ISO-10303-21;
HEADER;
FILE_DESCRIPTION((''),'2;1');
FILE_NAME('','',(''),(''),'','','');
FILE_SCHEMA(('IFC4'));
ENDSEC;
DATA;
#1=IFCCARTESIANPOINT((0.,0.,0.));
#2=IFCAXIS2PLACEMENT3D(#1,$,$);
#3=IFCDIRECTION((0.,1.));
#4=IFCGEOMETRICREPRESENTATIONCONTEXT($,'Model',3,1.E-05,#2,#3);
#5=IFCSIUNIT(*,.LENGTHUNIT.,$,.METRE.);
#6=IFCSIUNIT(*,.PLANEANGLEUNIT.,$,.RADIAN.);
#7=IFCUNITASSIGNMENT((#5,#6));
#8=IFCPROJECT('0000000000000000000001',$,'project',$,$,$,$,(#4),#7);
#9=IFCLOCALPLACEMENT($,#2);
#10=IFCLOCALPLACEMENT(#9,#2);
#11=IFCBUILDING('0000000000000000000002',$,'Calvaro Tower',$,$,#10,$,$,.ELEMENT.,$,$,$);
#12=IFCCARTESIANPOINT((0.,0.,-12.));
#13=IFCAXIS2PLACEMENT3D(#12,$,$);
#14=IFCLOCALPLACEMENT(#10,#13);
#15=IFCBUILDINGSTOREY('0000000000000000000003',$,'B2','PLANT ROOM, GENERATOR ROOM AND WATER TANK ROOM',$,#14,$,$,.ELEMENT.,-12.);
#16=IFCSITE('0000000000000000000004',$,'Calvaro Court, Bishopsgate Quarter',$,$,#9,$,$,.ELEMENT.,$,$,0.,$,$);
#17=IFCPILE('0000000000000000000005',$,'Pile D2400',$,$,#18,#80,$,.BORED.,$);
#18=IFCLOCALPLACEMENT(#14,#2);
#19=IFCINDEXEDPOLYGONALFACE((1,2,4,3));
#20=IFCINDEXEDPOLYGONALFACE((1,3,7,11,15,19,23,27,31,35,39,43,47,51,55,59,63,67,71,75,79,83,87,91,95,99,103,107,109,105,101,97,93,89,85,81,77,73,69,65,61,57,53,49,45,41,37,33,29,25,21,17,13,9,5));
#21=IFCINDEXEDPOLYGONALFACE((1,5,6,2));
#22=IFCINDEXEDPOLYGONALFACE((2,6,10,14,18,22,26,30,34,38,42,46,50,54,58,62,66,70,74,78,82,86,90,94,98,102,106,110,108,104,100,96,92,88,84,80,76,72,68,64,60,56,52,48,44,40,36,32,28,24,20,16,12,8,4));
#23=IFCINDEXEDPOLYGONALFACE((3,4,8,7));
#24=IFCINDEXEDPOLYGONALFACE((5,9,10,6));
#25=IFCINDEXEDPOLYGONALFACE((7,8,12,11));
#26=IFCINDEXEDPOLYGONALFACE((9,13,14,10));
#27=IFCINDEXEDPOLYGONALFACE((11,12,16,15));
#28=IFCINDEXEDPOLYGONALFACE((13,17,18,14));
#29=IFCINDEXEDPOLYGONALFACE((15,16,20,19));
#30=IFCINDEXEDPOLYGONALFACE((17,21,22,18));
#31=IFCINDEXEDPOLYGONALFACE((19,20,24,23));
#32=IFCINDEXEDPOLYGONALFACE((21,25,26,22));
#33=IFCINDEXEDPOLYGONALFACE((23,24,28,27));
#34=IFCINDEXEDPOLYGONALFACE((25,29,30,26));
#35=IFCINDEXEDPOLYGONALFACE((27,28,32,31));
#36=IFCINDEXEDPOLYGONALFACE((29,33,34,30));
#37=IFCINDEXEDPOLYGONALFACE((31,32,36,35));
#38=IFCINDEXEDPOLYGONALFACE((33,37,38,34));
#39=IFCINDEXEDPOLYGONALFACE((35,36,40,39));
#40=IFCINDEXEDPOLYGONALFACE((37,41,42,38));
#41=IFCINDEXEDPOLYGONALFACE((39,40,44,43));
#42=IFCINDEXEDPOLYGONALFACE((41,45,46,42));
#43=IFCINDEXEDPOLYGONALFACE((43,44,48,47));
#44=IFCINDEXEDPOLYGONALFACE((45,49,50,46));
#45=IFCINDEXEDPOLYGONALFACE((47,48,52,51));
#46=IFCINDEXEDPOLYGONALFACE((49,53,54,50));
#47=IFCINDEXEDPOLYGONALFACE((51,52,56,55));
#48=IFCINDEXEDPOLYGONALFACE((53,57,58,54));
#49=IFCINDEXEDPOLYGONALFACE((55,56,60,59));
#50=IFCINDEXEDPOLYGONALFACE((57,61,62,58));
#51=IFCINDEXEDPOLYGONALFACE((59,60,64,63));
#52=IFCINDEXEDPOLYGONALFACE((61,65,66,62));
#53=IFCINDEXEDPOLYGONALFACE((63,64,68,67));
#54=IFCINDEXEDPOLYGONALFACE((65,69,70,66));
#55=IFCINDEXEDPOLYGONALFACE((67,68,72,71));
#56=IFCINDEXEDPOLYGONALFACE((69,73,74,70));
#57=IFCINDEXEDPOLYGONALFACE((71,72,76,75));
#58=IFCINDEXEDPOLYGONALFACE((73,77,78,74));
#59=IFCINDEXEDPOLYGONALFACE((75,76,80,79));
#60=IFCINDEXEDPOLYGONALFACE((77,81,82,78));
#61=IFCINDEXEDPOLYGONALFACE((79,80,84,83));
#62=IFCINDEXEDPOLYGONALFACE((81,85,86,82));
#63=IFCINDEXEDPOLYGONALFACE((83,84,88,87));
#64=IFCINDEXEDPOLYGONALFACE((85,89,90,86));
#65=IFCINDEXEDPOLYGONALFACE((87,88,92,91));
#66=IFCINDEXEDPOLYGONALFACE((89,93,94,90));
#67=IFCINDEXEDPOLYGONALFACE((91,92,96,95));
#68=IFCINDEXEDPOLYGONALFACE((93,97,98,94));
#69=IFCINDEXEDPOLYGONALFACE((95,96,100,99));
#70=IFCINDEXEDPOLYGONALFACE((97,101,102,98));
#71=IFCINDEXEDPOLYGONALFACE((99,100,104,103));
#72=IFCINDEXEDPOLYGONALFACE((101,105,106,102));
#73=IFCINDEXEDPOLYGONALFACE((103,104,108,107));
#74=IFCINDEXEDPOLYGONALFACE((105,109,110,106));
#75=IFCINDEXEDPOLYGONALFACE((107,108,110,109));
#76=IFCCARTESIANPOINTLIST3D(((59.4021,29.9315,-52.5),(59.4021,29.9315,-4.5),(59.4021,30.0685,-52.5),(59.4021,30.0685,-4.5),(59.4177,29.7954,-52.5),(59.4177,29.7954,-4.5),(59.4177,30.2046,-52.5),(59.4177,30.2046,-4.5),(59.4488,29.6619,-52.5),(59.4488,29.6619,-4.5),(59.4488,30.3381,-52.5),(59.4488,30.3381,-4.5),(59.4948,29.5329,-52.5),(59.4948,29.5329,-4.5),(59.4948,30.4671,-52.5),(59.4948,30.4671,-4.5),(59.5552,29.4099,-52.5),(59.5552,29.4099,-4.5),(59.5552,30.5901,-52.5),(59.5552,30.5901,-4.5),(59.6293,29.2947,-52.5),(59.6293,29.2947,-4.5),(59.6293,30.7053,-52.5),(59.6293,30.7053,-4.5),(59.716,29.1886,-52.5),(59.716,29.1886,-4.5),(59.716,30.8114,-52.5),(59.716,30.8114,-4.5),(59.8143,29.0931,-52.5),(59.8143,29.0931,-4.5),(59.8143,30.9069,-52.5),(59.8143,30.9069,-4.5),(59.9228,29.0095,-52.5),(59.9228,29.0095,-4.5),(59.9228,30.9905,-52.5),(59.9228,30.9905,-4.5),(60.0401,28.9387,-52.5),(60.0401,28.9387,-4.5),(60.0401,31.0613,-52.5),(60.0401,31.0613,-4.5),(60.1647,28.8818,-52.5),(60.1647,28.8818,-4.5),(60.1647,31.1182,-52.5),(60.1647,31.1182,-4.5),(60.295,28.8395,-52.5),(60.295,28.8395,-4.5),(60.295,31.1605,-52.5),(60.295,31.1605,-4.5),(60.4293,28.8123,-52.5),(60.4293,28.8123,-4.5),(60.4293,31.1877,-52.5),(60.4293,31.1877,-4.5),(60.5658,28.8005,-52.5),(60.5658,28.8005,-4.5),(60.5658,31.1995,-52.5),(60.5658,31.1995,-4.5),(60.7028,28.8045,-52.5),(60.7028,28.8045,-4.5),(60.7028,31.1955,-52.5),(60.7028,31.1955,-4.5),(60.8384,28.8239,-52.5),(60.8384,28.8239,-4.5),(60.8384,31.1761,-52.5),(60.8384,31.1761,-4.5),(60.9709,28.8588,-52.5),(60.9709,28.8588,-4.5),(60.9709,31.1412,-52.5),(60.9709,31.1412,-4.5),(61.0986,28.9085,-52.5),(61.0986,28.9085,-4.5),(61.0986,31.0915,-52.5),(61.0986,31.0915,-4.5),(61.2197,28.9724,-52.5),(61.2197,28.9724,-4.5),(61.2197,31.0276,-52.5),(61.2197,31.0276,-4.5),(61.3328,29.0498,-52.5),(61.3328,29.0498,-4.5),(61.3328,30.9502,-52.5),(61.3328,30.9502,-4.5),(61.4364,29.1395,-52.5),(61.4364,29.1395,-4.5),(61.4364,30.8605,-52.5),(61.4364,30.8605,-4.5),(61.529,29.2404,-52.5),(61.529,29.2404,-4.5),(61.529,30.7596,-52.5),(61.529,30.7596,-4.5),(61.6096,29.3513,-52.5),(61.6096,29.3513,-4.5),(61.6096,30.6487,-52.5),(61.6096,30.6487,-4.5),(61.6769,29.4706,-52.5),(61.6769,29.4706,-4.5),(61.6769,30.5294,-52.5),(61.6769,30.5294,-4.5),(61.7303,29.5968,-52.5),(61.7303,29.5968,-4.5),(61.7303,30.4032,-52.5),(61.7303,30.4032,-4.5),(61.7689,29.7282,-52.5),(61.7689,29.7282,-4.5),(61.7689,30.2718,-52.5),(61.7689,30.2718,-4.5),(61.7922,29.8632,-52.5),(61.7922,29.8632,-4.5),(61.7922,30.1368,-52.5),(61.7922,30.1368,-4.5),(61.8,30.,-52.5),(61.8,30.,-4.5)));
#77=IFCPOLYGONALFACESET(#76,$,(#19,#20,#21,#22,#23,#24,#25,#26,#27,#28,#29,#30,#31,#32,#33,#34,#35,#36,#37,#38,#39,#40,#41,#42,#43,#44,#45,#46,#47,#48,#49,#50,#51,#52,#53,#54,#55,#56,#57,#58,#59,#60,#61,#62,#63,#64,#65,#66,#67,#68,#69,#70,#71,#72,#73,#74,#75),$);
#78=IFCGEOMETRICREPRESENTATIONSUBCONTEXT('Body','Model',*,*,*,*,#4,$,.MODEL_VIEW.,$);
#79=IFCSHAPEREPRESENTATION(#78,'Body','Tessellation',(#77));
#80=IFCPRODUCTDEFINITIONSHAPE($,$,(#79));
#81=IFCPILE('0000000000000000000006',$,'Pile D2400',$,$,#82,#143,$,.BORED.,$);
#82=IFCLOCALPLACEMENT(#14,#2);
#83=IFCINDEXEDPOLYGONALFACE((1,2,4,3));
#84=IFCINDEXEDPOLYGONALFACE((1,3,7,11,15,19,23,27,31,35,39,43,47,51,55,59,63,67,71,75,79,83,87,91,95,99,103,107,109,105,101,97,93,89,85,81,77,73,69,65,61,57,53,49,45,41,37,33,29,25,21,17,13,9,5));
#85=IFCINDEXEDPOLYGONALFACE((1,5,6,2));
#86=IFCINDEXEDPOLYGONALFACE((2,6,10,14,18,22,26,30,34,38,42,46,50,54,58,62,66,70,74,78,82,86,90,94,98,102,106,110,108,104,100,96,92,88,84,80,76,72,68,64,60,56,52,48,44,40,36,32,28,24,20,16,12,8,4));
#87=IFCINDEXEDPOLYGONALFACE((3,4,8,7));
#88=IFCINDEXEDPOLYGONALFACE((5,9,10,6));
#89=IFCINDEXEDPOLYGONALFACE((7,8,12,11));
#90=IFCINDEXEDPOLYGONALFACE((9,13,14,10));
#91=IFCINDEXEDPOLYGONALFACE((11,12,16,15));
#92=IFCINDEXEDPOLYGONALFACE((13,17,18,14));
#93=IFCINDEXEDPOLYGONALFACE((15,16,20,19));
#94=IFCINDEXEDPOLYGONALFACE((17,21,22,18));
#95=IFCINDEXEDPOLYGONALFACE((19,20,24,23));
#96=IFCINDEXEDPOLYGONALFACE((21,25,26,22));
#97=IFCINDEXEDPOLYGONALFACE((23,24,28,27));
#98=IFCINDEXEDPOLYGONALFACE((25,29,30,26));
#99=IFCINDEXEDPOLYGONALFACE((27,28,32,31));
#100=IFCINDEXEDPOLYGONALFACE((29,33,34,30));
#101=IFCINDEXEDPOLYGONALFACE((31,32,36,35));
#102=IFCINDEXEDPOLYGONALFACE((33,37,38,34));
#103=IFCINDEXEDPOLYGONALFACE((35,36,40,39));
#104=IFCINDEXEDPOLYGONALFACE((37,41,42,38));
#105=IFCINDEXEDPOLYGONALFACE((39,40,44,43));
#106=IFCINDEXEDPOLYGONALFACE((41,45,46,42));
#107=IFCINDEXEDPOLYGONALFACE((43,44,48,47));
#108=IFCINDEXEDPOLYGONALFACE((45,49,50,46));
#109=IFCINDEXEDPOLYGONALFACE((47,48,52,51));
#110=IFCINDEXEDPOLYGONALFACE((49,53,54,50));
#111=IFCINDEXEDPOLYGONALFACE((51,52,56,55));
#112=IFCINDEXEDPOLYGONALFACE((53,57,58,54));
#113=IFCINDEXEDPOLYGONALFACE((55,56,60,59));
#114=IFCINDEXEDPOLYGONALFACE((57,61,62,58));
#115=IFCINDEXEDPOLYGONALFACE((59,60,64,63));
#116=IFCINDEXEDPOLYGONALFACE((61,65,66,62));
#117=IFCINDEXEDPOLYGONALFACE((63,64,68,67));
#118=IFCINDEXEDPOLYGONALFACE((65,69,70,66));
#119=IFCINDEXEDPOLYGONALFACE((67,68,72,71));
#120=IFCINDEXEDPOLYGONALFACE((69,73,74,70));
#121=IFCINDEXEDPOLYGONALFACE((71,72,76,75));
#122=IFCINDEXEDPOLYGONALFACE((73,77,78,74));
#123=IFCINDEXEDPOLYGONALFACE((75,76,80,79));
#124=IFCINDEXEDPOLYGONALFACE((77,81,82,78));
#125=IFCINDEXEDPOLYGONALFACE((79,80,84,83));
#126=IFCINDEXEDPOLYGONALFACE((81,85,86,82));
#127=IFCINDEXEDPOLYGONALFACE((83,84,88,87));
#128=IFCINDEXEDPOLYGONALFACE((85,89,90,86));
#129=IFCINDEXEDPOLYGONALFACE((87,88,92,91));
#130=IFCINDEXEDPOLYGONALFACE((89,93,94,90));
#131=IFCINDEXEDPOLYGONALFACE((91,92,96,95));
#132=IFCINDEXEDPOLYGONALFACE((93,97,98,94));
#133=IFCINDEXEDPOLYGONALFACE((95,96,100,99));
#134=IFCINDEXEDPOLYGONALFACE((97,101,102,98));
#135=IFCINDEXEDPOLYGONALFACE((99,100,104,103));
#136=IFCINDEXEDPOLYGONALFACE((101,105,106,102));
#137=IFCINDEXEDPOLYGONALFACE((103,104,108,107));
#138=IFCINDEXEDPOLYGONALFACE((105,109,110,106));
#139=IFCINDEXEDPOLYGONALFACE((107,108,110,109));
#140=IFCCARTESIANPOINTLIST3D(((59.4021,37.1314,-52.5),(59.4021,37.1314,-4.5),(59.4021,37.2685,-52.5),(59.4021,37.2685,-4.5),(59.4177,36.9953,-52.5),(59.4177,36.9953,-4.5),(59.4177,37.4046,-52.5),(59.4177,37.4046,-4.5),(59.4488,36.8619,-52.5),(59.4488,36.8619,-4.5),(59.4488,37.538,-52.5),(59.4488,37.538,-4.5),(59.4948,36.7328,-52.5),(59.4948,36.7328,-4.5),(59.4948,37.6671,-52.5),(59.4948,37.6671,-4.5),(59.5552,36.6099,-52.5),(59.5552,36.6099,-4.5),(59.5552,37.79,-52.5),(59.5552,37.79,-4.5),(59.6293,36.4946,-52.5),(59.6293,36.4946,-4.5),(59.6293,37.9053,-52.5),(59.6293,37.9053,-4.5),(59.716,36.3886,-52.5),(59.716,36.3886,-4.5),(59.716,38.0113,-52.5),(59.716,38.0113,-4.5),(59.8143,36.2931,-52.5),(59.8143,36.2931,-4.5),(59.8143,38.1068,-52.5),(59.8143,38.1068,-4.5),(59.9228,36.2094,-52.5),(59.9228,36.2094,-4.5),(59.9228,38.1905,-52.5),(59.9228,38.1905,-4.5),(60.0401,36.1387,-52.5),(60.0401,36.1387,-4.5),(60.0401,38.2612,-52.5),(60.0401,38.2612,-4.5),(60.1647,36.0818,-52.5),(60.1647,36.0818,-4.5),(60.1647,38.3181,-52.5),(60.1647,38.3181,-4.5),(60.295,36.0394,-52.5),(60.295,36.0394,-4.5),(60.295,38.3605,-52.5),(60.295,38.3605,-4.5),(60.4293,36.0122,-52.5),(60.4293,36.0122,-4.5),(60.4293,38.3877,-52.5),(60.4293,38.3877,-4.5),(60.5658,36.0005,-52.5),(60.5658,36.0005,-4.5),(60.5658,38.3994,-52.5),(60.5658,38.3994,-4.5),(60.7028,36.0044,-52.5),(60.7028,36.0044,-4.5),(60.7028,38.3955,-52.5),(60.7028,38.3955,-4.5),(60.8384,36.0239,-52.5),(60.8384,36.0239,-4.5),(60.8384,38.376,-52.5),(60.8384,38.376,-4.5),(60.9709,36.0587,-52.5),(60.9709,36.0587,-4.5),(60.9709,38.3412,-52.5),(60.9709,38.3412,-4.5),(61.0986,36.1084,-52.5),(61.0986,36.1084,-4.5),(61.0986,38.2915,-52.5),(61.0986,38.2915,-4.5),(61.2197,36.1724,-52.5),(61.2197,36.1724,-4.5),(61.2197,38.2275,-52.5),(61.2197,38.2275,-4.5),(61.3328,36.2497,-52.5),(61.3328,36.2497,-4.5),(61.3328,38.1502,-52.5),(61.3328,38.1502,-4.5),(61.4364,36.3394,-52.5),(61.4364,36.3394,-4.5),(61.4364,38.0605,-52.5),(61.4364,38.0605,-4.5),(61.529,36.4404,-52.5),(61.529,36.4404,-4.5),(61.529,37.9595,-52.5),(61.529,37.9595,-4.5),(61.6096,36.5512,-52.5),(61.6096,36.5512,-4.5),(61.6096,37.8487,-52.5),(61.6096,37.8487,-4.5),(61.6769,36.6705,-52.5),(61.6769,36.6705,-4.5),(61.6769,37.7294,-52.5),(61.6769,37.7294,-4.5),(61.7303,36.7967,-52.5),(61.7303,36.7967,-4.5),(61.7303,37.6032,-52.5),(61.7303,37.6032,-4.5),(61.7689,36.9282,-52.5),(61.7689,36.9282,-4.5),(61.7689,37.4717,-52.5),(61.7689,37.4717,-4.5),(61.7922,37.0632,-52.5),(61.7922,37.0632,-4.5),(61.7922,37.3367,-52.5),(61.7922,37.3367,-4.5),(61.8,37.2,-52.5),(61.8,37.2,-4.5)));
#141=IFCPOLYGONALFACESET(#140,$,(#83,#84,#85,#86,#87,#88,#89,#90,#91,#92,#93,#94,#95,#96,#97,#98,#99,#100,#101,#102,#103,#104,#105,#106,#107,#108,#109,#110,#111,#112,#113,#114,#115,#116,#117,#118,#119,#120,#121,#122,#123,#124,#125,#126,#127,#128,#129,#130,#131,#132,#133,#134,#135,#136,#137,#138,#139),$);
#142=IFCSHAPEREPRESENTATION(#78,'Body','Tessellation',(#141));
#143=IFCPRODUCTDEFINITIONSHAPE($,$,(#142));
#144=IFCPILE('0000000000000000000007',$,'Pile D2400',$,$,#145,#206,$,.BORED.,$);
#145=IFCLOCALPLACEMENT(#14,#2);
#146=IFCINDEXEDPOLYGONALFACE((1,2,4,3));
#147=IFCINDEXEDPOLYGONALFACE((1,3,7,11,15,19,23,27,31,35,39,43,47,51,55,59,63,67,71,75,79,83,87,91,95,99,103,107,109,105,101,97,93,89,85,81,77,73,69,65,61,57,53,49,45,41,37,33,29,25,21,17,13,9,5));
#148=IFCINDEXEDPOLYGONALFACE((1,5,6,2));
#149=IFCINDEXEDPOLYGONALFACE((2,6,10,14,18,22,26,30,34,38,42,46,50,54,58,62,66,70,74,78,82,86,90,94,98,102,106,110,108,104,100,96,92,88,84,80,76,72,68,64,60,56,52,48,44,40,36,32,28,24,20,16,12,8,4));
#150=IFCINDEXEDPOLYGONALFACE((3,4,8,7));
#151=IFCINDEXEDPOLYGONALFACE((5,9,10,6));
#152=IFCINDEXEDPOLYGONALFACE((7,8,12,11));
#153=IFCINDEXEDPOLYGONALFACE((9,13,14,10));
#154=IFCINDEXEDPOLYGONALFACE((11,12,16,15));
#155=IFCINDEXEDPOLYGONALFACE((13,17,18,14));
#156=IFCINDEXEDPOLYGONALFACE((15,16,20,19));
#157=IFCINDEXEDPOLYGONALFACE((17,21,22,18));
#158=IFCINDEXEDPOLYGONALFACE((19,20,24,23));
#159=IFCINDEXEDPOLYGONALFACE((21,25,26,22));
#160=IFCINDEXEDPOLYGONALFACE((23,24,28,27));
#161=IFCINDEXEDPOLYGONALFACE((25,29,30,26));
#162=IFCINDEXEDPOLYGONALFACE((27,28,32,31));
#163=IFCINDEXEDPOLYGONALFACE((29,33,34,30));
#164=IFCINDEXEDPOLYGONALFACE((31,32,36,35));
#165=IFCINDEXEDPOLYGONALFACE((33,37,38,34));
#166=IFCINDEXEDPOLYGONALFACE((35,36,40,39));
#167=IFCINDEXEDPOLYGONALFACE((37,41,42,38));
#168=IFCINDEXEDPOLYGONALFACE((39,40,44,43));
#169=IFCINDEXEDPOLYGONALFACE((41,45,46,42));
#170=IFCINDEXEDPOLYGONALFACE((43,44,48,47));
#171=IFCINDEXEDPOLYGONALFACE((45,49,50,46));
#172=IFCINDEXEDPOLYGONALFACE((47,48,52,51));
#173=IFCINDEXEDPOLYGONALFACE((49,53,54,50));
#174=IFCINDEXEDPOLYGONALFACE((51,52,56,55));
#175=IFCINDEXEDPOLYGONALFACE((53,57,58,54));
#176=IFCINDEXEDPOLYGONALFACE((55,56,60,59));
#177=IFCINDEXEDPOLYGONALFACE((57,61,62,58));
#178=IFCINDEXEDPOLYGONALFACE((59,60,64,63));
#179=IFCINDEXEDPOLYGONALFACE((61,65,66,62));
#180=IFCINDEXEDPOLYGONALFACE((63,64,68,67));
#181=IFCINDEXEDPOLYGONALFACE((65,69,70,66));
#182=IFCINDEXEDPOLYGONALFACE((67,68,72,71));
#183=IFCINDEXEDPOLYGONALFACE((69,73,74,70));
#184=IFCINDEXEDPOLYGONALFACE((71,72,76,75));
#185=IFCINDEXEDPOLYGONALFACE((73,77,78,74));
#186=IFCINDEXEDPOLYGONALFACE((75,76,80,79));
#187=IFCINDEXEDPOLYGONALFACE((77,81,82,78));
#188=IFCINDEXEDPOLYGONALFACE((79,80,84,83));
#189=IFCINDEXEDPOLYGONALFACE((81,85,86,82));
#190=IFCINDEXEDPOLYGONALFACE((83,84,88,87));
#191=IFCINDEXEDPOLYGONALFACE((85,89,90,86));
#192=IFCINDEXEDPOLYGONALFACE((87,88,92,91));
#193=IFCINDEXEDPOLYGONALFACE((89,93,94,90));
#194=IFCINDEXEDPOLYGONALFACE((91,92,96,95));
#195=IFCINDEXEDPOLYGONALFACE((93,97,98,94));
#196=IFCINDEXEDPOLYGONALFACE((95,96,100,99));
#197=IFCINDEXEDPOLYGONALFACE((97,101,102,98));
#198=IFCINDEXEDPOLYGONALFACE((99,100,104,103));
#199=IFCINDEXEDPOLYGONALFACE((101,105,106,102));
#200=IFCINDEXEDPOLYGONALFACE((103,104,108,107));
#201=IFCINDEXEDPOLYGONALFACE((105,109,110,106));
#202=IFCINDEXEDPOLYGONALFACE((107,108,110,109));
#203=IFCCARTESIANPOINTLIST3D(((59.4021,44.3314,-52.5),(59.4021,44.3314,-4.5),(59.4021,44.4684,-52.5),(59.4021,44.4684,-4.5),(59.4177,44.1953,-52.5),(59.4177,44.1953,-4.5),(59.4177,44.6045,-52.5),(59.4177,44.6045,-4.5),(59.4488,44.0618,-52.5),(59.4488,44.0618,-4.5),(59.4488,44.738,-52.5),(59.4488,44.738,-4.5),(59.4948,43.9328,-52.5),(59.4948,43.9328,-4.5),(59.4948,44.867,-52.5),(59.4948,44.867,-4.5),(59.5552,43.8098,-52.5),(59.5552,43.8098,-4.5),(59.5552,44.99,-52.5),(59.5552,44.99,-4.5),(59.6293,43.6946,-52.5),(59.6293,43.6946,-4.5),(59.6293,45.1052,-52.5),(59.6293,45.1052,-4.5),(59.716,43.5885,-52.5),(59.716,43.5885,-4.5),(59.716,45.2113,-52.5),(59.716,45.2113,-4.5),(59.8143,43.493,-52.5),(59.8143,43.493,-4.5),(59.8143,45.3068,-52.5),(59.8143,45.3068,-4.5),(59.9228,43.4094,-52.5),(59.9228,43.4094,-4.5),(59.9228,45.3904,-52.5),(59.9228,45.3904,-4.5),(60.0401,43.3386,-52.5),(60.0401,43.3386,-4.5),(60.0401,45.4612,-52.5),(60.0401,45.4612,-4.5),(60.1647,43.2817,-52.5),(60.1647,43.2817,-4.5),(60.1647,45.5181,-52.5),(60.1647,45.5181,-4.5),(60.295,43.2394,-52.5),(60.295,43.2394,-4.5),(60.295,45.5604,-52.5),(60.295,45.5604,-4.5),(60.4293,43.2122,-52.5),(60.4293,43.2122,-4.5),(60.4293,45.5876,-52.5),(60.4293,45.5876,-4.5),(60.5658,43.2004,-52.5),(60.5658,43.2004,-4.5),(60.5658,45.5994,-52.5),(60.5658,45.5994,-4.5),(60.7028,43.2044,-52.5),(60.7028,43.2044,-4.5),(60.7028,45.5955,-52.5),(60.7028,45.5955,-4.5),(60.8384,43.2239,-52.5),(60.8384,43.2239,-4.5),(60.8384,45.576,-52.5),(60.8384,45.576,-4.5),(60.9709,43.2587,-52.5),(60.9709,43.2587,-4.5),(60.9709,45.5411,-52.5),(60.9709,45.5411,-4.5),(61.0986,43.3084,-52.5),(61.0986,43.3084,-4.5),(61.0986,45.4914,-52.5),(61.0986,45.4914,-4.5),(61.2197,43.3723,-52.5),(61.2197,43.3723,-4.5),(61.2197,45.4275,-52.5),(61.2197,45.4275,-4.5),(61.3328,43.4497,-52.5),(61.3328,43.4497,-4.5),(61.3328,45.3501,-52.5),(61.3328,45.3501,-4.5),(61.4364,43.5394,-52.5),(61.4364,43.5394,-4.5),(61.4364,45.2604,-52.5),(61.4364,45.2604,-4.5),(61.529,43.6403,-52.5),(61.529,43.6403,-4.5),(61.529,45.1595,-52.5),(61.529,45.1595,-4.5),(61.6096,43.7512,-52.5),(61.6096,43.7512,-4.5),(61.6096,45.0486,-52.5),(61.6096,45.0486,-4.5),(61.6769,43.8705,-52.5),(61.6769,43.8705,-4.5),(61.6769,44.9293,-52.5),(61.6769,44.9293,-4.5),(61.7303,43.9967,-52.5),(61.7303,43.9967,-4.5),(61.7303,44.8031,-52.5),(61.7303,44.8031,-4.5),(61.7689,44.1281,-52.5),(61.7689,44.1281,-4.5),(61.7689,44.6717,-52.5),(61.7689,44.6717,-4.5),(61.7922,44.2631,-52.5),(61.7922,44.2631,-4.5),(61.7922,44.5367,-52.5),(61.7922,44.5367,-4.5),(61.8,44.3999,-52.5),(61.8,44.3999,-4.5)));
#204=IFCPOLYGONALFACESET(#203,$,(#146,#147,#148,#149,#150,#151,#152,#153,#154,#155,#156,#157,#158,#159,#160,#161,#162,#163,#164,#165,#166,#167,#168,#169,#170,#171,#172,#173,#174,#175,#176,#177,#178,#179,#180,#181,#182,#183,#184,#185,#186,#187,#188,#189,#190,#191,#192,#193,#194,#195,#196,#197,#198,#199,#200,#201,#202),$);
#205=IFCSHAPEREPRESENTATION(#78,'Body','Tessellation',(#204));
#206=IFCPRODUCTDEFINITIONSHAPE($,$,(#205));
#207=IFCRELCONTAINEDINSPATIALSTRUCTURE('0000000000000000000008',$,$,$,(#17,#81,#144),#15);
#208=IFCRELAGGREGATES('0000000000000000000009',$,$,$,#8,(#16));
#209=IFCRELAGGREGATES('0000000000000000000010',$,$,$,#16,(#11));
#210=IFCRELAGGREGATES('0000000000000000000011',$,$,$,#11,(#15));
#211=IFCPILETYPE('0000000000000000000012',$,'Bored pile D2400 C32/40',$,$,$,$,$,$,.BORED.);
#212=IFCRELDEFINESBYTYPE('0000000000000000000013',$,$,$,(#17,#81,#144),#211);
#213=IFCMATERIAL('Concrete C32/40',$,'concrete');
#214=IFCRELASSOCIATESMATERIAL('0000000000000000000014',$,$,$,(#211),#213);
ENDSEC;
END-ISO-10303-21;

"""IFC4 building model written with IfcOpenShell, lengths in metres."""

from ifc_helpers import new_model, si_unit, direction, frame, origin, origin_2d, place, context, subcontext, project, spatial, circle, extrude, material, material_profile, profile_set, type_object, element, save


model = new_model("IFC4")

# Units and contexts
model_context = context("Model", 3, precision=1e-05, world=origin(), true_north=direction((0.0, 1.0)))
body_context = subcontext(model_context, "Body", "Model", "MODEL_VIEW")
ifc_project = project(units=[si_unit("LENGTHUNIT", "METRE"), si_unit("PLANEANGLEUNIT", "RADIAN")], contexts=[model_context])

# Site, building, storey
site_placement = place(None, origin())
site = spatial("IfcSite", under=ifc_project, at=site_placement, Name="Calvaro Court, Bishopsgate Quarter", CompositionType="ELEMENT", RefElevation=0.0)
building_placement = place(site_placement, origin())
building = spatial("IfcBuilding", under=site, at=building_placement, Name="Calvaro Tower", CompositionType="ELEMENT")
storey_placement = place(building_placement, frame((0.0, 0.0, -12.0)))
storey = spatial("IfcBuildingStorey", under=building, at=storey_placement, Name="B2", Description="PLANT ROOM, GENERATOR ROOM AND WATER TANK ROOM", CompositionType="ELEMENT", Elevation=-12.0)

# Piles
ifc_material_1 = material(Name="Concrete C32/40", Category="concrete")
ifc_material_profile = material_profile(ifc_material_1, circle(Radius=1.2, at=origin_2d()), Name="Bored pile D2400")
ifc_profile_set = profile_set([ifc_material_profile], Name="Concrete C32/40")
pile_type = type_object("IfcPileType", Name="Bored pile D2400 C32/40", PredefinedType="BORED", material=ifc_profile_set)
for number, where, z_axis, x_axis, name in (
    (1, (60.6001, 30.0, -4.5), (0.0, 0.0, -1.0), (1.0, 0.0, 0.0), "Pile D2400"),
    (2, (60.6001, 37.2, -4.5), (0.0, 0.0, -1.0), (1.0, 0.0, 0.0), "Pile D2400"),
    (3, (60.6001, 44.3999, -4.5), (0.0, 0.0, -1.0), (1.0, 0.0, 0.0), "Pile D2400"),
):
    element("IfcPile", number, at=place(storey_placement, frame(where, z_axis=z_axis, x_axis=x_axis)), inside=storey, type_object=pile_type, Name=name, PredefinedType="BORED", context=body_context, shape_type="SweptSolid", body=[
        extrude(circle(Radius=1.2, at=origin_2d()), origin(), (0.0, 0.0, 1.0), 48.0),
    ])

save(model, "model.ifc")
